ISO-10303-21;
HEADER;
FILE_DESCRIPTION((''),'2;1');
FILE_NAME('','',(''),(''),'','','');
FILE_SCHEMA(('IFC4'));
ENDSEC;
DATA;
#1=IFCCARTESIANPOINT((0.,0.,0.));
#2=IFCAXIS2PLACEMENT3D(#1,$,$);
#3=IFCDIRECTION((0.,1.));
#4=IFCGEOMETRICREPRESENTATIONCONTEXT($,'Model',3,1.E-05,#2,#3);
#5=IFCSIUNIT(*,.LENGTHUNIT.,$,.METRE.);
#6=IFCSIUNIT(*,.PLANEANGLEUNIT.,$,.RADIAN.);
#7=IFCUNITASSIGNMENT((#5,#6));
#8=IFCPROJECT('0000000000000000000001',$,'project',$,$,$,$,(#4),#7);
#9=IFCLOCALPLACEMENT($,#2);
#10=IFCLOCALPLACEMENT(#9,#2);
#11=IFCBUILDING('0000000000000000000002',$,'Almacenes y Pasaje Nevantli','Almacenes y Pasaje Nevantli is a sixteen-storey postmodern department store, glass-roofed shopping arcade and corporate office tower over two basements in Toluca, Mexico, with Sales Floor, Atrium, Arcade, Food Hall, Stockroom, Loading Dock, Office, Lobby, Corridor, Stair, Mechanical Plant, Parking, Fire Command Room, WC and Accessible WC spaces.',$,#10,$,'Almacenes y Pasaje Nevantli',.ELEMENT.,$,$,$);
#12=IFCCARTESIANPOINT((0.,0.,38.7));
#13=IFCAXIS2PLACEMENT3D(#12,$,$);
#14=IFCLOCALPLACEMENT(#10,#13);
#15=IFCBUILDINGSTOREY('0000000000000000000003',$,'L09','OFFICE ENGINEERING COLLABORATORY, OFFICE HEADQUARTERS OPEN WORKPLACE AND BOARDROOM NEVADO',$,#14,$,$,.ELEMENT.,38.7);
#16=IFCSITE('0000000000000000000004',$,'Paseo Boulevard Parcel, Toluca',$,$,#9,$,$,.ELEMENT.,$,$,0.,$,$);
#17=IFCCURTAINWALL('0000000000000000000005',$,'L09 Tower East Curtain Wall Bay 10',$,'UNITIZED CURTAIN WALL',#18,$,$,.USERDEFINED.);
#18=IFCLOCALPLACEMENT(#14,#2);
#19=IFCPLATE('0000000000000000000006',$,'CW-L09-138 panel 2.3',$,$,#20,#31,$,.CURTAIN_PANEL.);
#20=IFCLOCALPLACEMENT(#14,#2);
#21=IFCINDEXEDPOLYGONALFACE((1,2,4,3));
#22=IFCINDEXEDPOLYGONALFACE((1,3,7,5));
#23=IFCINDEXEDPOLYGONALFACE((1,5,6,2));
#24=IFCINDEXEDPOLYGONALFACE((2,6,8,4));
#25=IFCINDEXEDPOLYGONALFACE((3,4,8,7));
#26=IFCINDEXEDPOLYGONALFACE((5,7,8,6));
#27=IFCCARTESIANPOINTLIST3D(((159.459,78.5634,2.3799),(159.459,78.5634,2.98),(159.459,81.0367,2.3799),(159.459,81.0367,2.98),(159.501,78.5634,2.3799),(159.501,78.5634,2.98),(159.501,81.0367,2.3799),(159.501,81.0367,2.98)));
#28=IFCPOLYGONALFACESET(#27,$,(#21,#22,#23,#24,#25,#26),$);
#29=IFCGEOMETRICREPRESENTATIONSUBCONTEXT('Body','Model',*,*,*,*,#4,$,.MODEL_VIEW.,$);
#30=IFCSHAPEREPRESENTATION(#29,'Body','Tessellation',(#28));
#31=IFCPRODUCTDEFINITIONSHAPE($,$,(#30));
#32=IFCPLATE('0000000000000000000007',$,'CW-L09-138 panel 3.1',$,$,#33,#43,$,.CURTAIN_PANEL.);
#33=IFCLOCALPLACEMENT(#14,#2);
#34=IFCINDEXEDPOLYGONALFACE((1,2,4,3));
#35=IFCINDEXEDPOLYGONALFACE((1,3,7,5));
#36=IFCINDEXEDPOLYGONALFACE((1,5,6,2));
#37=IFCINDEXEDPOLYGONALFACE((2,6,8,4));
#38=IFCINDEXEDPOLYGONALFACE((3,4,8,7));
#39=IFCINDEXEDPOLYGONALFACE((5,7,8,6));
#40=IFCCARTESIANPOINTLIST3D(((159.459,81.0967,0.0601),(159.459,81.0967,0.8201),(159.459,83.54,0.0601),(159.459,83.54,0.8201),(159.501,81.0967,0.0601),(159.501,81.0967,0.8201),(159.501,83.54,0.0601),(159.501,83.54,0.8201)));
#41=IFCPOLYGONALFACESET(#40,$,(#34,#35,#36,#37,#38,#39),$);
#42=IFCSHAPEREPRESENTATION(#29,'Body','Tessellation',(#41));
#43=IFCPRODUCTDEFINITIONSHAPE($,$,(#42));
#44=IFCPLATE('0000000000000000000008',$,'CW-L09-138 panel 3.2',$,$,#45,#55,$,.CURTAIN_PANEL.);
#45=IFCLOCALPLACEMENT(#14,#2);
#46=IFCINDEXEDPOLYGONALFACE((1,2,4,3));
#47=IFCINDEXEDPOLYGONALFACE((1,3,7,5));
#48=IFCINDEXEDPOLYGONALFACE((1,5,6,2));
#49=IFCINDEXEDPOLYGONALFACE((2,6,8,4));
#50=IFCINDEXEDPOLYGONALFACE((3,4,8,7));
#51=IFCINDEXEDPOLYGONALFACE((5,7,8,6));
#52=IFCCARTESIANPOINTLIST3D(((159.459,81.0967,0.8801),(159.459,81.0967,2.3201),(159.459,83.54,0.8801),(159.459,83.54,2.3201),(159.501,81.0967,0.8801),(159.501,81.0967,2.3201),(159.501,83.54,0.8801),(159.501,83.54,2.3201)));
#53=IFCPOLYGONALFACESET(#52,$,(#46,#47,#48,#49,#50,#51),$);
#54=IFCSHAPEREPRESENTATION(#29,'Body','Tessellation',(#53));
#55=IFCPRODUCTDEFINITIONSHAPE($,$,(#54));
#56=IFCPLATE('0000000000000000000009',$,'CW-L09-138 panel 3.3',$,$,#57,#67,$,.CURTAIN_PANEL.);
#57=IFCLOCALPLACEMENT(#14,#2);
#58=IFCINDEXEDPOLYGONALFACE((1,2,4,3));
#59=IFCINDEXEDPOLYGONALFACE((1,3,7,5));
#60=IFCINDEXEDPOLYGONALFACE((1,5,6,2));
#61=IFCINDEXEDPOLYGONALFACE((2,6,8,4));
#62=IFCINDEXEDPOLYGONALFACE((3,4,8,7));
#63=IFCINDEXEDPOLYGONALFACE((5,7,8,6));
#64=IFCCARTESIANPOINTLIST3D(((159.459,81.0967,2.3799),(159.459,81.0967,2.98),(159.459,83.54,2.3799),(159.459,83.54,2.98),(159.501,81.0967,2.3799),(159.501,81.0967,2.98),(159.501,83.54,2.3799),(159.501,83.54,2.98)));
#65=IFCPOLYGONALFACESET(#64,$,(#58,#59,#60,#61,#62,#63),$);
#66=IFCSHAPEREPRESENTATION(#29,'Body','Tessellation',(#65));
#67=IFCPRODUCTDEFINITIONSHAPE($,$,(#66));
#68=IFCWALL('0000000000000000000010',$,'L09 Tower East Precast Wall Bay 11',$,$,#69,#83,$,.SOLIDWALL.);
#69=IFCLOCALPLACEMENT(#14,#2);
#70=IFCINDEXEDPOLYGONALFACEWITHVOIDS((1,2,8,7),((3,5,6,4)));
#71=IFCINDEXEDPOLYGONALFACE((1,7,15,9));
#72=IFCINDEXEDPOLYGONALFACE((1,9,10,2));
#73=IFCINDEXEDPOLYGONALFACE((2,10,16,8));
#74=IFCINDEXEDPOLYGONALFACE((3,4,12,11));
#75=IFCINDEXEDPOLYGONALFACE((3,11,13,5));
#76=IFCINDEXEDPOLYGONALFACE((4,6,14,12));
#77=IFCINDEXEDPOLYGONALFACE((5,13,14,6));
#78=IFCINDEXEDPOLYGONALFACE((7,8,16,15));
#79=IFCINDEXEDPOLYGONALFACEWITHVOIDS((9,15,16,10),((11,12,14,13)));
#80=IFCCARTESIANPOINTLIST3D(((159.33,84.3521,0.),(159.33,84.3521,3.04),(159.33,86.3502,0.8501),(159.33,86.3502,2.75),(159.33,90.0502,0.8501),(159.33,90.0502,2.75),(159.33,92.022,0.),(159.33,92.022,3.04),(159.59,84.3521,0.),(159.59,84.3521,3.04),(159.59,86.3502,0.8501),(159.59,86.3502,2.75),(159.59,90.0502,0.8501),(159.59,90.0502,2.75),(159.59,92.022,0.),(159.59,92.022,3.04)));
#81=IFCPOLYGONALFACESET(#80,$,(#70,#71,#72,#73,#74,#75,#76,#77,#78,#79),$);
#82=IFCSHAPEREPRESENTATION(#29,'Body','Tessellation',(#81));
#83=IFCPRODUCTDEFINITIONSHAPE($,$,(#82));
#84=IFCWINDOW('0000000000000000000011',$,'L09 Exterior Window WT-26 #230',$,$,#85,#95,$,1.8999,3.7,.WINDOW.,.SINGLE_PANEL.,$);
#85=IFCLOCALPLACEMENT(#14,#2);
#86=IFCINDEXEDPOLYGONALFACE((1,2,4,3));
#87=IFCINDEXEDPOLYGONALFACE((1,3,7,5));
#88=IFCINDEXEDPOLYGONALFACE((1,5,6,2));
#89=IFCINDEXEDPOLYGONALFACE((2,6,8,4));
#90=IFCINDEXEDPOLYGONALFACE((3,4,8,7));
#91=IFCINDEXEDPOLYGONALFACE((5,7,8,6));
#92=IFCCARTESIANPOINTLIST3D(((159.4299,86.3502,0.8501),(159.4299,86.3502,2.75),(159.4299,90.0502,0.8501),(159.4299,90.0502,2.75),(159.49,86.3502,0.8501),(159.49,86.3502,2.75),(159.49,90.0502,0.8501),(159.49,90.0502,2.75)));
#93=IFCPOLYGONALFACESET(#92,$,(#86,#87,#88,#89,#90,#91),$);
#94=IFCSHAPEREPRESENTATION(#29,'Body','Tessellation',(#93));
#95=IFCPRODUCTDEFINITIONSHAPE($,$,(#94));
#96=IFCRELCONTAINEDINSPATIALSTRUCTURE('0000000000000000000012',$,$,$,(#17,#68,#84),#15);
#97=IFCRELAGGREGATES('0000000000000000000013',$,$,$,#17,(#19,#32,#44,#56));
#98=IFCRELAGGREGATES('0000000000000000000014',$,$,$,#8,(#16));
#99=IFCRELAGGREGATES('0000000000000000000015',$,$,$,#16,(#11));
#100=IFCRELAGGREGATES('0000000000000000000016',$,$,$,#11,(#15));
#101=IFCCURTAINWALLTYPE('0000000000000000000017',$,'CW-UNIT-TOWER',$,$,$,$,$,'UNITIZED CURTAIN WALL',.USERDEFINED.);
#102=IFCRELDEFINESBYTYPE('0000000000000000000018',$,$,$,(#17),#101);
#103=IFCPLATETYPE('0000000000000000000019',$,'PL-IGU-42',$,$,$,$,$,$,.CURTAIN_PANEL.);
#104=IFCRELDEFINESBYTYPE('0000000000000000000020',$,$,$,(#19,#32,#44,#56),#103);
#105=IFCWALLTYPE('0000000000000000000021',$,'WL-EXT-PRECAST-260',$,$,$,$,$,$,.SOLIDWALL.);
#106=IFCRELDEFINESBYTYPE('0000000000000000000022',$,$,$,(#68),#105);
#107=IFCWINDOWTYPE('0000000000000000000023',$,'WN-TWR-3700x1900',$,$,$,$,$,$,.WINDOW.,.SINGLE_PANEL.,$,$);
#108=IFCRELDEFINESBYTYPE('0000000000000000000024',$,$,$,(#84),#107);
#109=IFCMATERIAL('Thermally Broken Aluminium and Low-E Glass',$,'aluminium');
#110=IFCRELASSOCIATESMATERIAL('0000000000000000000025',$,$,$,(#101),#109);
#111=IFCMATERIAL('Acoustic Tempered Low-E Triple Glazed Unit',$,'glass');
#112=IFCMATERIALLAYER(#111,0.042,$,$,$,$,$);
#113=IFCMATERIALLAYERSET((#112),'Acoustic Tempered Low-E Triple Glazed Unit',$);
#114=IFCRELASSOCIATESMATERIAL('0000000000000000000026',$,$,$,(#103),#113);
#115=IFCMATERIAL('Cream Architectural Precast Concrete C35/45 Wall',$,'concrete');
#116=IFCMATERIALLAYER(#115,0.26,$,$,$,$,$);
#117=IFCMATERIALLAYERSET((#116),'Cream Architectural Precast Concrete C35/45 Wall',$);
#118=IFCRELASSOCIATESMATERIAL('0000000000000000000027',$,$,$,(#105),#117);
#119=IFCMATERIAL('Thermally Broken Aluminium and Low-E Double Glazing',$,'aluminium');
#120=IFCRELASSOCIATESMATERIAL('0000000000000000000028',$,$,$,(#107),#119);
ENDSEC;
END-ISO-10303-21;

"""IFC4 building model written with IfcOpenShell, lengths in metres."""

from ifc_helpers import new_model, si_unit, direction, frame, frame_2d, origin, origin_2d, place, context, subcontext, project, spatial, rectangle, extrude, material, layer, layer_set, type_object, element, fill, aggregate, save


model = new_model("IFC4")

# Units and contexts
model_context = context("Model", 3, precision=1e-05, world=origin(), true_north=direction((0.0, 1.0)))
body_context = subcontext(model_context, "Body", "Model", "MODEL_VIEW")
ifc_project = project(units=[si_unit("LENGTHUNIT", "METRE"), si_unit("PLANEANGLEUNIT", "RADIAN")], contexts=[model_context])

# Site, building, storey
site_placement = place(None, origin())
site = spatial("IfcSite", under=ifc_project, at=site_placement, Name="Paseo Boulevard Parcel, Toluca", CompositionType="ELEMENT", RefElevation=0.0)
building_placement = place(site_placement, origin())
building = spatial("IfcBuilding", under=site, at=building_placement, Name="Almacenes y Pasaje Nevantli", Description="Almacenes y Pasaje Nevantli is a sixteen-storey postmodern department store, glass-roofed shopping arcade and corporate office tower over two basements in Toluca, Mexico, with Sales Floor, Atrium, Arcade, Food Hall, Stockroom, Loading Dock, Office, Lobby, Corridor, Stair, Mechanical Plant, Parking, Fire Command Room, WC and Accessible WC spaces.", LongName="Almacenes y Pasaje Nevantli", CompositionType="ELEMENT")
storey_placement = place(building_placement, frame((0.0, 0.0, 38.7)))
storey = spatial("IfcBuildingStorey", under=building, at=storey_placement, Name="L09", Description="OFFICE ENGINEERING COLLABORATORY, OFFICE HEADQUARTERS OPEN WORKPLACE AND BOARDROOM NEVADO", CompositionType="ELEMENT", Elevation=38.7)

# Curtain wall, plates
ifc_material_1 = material(Name="Thermally Broken Aluminium and Low-E Glass", Category="aluminium")
curtain_wall_type = type_object("IfcCurtainWallType", Name="CW-UNIT-TOWER", ElementType="UNITIZED CURTAIN WALL", PredefinedType="USERDEFINED", material=ifc_material_1)
curtain_wall_placement = place(storey_placement, origin())
curtain_wall = element("IfcCurtainWall", 1, at=curtain_wall_placement, inside=storey, type_object=curtain_wall_type, Name="L09 Tower East Curtain Wall Bay 10", ObjectType="UNITIZED CURTAIN WALL", PredefinedType="USERDEFINED")
ifc_material_2 = material(Name="Acoustic Tempered Low-E Triple Glazed Unit", Category="glass")
ifc_layer_1 = layer(ifc_material_2, 0.042)
ifc_layer_set_1 = layer_set([ifc_layer_1], Name="Acoustic Tempered Low-E Triple Glazed Unit")
plate_type = type_object("IfcPlateType", Name="PL-IGU-42", PredefinedType="CURTAIN_PANEL", material=ifc_layer_set_1)
plate_1_placement = place(storey_placement, frame((159.48, 79.8, 2.3799), z_axis=(0.0, 0.0, 1.0), x_axis=(0.0, 1.0, 0.0)))
plate_1 = element("IfcPlate", 2, at=plate_1_placement, type_object=plate_type, Name="CW-L09-138 panel 2.3", PredefinedType="CURTAIN_PANEL", context=body_context, shape_type="SweptSolid", body=[
    extrude(rectangle(XDim=2.4734, YDim=0.042, at=origin_2d()), origin(), (0.0, 0.0, 1.0), 0.6001),
])
plate_2_placement = place(storey_placement, frame((159.48, 82.3184, 0.0601), z_axis=(0.0, 0.0, 1.0), x_axis=(0.0, 1.0, 0.0)))
plate_2 = element("IfcPlate", 3, at=plate_2_placement, type_object=plate_type, Name="CW-L09-138 panel 3.1", PredefinedType="CURTAIN_PANEL", context=body_context, shape_type="SweptSolid", body=[
    extrude(rectangle(XDim=2.4434, YDim=0.042, at=origin_2d()), origin(), (0.0, 0.0, 1.0), 0.76),
])
plate_3_placement = place(storey_placement, frame((159.48, 82.3184, 0.8801), z_axis=(0.0, 0.0, 1.0), x_axis=(0.0, 1.0, 0.0)))
plate_3 = element("IfcPlate", 4, at=plate_3_placement, type_object=plate_type, Name="CW-L09-138 panel 3.2", PredefinedType="CURTAIN_PANEL", context=body_context, shape_type="SweptSolid", body=[
    extrude(rectangle(XDim=2.4434, YDim=0.042, at=origin_2d()), origin(), (0.0, 0.0, 1.0), 1.4399),
])
plate_4_placement = place(storey_placement, frame((159.48, 82.3184, 2.3799), z_axis=(0.0, 0.0, 1.0), x_axis=(0.0, 1.0, 0.0)))
plate_4 = element("IfcPlate", 5, at=plate_4_placement, type_object=plate_type, Name="CW-L09-138 panel 3.3", PredefinedType="CURTAIN_PANEL", context=body_context, shape_type="SweptSolid", body=[
    extrude(rectangle(XDim=2.4434, YDim=0.042, at=origin_2d()), origin(), (0.0, 0.0, 1.0), 0.6001),
])
aggregate(curtain_wall, [plate_1, plate_2, plate_3, plate_4])

# Wall, opening, window
ifc_material_3 = material(Name="Cream Architectural Precast Concrete C35/45 Wall", Category="concrete")
ifc_layer_2 = layer(ifc_material_3, 0.26)
ifc_layer_set_2 = layer_set([ifc_layer_2], Name="Cream Architectural Precast Concrete C35/45 Wall")
wall_type = type_object("IfcWallType", Name="WL-EXT-PRECAST-260", PredefinedType="SOLIDWALL", material=ifc_layer_set_2)
wall_placement = place(storey_placement, frame((159.46, 84.3521, 0.0), z_axis=(0.0, 0.0, 1.0), x_axis=(0.0, 1.0, 0.0)))
wall = element("IfcWall", 6, at=wall_placement, inside=storey, type_object=wall_type, Name="L09 Tower East Precast Wall Bay 11", PredefinedType="SOLIDWALL", context=body_context, shape_type="SweptSolid", body=[
    extrude(rectangle(XDim=7.6699, YDim=0.26, at=frame_2d((3.835, 0.0))), origin(), (0.0, 0.0, 1.0), 3.04),
])
opening_placement = place(wall_placement, frame((1.998, 0.0, 0.8501)))
opening = element("IfcOpeningElement", 7, at=opening_placement, cuts=wall, PredefinedType="OPENING", context=body_context, shape_type="SweptSolid", body=[
    extrude(rectangle(XDim=3.7, YDim=1.8999, at=frame_2d((1.8501, 0.95))), frame((0.0, 0.1399, 0.0), z_axis=(0.0, -1.0, 0.0), x_axis=(1.0, 0.0, 0.0)), (0.0, 0.0, 1.0), 0.28),
])
ifc_material_4 = material(Name="Thermally Broken Aluminium and Low-E Double Glazing", Category="aluminium")
window_type = type_object("IfcWindowType", Name="WN-TWR-3700x1900", PartitioningType="SINGLE_PANEL", PredefinedType="WINDOW", material=ifc_material_4)
window_placement = place(opening_placement, origin())
window = element("IfcWindow", 8, at=window_placement, inside=storey, type_object=window_type, Name="L09 Exterior Window WT-26 #230", OverallHeight=1.8999, OverallWidth=3.7, PartitioningType="SINGLE_PANEL", PredefinedType="WINDOW", context=body_context, shape_type="SweptSolid", body=[
    extrude(rectangle(XDim=3.7, YDim=1.8999, at=frame_2d((1.8501, 0.95))), frame((0.0, 0.03, 0.0), z_axis=(0.0, -1.0, 0.0), x_axis=(1.0, 0.0, 0.0)), (0.0, 0.0, 1.0), 0.0601),
])
fill(opening, window)

save(model, "model.ifc")
